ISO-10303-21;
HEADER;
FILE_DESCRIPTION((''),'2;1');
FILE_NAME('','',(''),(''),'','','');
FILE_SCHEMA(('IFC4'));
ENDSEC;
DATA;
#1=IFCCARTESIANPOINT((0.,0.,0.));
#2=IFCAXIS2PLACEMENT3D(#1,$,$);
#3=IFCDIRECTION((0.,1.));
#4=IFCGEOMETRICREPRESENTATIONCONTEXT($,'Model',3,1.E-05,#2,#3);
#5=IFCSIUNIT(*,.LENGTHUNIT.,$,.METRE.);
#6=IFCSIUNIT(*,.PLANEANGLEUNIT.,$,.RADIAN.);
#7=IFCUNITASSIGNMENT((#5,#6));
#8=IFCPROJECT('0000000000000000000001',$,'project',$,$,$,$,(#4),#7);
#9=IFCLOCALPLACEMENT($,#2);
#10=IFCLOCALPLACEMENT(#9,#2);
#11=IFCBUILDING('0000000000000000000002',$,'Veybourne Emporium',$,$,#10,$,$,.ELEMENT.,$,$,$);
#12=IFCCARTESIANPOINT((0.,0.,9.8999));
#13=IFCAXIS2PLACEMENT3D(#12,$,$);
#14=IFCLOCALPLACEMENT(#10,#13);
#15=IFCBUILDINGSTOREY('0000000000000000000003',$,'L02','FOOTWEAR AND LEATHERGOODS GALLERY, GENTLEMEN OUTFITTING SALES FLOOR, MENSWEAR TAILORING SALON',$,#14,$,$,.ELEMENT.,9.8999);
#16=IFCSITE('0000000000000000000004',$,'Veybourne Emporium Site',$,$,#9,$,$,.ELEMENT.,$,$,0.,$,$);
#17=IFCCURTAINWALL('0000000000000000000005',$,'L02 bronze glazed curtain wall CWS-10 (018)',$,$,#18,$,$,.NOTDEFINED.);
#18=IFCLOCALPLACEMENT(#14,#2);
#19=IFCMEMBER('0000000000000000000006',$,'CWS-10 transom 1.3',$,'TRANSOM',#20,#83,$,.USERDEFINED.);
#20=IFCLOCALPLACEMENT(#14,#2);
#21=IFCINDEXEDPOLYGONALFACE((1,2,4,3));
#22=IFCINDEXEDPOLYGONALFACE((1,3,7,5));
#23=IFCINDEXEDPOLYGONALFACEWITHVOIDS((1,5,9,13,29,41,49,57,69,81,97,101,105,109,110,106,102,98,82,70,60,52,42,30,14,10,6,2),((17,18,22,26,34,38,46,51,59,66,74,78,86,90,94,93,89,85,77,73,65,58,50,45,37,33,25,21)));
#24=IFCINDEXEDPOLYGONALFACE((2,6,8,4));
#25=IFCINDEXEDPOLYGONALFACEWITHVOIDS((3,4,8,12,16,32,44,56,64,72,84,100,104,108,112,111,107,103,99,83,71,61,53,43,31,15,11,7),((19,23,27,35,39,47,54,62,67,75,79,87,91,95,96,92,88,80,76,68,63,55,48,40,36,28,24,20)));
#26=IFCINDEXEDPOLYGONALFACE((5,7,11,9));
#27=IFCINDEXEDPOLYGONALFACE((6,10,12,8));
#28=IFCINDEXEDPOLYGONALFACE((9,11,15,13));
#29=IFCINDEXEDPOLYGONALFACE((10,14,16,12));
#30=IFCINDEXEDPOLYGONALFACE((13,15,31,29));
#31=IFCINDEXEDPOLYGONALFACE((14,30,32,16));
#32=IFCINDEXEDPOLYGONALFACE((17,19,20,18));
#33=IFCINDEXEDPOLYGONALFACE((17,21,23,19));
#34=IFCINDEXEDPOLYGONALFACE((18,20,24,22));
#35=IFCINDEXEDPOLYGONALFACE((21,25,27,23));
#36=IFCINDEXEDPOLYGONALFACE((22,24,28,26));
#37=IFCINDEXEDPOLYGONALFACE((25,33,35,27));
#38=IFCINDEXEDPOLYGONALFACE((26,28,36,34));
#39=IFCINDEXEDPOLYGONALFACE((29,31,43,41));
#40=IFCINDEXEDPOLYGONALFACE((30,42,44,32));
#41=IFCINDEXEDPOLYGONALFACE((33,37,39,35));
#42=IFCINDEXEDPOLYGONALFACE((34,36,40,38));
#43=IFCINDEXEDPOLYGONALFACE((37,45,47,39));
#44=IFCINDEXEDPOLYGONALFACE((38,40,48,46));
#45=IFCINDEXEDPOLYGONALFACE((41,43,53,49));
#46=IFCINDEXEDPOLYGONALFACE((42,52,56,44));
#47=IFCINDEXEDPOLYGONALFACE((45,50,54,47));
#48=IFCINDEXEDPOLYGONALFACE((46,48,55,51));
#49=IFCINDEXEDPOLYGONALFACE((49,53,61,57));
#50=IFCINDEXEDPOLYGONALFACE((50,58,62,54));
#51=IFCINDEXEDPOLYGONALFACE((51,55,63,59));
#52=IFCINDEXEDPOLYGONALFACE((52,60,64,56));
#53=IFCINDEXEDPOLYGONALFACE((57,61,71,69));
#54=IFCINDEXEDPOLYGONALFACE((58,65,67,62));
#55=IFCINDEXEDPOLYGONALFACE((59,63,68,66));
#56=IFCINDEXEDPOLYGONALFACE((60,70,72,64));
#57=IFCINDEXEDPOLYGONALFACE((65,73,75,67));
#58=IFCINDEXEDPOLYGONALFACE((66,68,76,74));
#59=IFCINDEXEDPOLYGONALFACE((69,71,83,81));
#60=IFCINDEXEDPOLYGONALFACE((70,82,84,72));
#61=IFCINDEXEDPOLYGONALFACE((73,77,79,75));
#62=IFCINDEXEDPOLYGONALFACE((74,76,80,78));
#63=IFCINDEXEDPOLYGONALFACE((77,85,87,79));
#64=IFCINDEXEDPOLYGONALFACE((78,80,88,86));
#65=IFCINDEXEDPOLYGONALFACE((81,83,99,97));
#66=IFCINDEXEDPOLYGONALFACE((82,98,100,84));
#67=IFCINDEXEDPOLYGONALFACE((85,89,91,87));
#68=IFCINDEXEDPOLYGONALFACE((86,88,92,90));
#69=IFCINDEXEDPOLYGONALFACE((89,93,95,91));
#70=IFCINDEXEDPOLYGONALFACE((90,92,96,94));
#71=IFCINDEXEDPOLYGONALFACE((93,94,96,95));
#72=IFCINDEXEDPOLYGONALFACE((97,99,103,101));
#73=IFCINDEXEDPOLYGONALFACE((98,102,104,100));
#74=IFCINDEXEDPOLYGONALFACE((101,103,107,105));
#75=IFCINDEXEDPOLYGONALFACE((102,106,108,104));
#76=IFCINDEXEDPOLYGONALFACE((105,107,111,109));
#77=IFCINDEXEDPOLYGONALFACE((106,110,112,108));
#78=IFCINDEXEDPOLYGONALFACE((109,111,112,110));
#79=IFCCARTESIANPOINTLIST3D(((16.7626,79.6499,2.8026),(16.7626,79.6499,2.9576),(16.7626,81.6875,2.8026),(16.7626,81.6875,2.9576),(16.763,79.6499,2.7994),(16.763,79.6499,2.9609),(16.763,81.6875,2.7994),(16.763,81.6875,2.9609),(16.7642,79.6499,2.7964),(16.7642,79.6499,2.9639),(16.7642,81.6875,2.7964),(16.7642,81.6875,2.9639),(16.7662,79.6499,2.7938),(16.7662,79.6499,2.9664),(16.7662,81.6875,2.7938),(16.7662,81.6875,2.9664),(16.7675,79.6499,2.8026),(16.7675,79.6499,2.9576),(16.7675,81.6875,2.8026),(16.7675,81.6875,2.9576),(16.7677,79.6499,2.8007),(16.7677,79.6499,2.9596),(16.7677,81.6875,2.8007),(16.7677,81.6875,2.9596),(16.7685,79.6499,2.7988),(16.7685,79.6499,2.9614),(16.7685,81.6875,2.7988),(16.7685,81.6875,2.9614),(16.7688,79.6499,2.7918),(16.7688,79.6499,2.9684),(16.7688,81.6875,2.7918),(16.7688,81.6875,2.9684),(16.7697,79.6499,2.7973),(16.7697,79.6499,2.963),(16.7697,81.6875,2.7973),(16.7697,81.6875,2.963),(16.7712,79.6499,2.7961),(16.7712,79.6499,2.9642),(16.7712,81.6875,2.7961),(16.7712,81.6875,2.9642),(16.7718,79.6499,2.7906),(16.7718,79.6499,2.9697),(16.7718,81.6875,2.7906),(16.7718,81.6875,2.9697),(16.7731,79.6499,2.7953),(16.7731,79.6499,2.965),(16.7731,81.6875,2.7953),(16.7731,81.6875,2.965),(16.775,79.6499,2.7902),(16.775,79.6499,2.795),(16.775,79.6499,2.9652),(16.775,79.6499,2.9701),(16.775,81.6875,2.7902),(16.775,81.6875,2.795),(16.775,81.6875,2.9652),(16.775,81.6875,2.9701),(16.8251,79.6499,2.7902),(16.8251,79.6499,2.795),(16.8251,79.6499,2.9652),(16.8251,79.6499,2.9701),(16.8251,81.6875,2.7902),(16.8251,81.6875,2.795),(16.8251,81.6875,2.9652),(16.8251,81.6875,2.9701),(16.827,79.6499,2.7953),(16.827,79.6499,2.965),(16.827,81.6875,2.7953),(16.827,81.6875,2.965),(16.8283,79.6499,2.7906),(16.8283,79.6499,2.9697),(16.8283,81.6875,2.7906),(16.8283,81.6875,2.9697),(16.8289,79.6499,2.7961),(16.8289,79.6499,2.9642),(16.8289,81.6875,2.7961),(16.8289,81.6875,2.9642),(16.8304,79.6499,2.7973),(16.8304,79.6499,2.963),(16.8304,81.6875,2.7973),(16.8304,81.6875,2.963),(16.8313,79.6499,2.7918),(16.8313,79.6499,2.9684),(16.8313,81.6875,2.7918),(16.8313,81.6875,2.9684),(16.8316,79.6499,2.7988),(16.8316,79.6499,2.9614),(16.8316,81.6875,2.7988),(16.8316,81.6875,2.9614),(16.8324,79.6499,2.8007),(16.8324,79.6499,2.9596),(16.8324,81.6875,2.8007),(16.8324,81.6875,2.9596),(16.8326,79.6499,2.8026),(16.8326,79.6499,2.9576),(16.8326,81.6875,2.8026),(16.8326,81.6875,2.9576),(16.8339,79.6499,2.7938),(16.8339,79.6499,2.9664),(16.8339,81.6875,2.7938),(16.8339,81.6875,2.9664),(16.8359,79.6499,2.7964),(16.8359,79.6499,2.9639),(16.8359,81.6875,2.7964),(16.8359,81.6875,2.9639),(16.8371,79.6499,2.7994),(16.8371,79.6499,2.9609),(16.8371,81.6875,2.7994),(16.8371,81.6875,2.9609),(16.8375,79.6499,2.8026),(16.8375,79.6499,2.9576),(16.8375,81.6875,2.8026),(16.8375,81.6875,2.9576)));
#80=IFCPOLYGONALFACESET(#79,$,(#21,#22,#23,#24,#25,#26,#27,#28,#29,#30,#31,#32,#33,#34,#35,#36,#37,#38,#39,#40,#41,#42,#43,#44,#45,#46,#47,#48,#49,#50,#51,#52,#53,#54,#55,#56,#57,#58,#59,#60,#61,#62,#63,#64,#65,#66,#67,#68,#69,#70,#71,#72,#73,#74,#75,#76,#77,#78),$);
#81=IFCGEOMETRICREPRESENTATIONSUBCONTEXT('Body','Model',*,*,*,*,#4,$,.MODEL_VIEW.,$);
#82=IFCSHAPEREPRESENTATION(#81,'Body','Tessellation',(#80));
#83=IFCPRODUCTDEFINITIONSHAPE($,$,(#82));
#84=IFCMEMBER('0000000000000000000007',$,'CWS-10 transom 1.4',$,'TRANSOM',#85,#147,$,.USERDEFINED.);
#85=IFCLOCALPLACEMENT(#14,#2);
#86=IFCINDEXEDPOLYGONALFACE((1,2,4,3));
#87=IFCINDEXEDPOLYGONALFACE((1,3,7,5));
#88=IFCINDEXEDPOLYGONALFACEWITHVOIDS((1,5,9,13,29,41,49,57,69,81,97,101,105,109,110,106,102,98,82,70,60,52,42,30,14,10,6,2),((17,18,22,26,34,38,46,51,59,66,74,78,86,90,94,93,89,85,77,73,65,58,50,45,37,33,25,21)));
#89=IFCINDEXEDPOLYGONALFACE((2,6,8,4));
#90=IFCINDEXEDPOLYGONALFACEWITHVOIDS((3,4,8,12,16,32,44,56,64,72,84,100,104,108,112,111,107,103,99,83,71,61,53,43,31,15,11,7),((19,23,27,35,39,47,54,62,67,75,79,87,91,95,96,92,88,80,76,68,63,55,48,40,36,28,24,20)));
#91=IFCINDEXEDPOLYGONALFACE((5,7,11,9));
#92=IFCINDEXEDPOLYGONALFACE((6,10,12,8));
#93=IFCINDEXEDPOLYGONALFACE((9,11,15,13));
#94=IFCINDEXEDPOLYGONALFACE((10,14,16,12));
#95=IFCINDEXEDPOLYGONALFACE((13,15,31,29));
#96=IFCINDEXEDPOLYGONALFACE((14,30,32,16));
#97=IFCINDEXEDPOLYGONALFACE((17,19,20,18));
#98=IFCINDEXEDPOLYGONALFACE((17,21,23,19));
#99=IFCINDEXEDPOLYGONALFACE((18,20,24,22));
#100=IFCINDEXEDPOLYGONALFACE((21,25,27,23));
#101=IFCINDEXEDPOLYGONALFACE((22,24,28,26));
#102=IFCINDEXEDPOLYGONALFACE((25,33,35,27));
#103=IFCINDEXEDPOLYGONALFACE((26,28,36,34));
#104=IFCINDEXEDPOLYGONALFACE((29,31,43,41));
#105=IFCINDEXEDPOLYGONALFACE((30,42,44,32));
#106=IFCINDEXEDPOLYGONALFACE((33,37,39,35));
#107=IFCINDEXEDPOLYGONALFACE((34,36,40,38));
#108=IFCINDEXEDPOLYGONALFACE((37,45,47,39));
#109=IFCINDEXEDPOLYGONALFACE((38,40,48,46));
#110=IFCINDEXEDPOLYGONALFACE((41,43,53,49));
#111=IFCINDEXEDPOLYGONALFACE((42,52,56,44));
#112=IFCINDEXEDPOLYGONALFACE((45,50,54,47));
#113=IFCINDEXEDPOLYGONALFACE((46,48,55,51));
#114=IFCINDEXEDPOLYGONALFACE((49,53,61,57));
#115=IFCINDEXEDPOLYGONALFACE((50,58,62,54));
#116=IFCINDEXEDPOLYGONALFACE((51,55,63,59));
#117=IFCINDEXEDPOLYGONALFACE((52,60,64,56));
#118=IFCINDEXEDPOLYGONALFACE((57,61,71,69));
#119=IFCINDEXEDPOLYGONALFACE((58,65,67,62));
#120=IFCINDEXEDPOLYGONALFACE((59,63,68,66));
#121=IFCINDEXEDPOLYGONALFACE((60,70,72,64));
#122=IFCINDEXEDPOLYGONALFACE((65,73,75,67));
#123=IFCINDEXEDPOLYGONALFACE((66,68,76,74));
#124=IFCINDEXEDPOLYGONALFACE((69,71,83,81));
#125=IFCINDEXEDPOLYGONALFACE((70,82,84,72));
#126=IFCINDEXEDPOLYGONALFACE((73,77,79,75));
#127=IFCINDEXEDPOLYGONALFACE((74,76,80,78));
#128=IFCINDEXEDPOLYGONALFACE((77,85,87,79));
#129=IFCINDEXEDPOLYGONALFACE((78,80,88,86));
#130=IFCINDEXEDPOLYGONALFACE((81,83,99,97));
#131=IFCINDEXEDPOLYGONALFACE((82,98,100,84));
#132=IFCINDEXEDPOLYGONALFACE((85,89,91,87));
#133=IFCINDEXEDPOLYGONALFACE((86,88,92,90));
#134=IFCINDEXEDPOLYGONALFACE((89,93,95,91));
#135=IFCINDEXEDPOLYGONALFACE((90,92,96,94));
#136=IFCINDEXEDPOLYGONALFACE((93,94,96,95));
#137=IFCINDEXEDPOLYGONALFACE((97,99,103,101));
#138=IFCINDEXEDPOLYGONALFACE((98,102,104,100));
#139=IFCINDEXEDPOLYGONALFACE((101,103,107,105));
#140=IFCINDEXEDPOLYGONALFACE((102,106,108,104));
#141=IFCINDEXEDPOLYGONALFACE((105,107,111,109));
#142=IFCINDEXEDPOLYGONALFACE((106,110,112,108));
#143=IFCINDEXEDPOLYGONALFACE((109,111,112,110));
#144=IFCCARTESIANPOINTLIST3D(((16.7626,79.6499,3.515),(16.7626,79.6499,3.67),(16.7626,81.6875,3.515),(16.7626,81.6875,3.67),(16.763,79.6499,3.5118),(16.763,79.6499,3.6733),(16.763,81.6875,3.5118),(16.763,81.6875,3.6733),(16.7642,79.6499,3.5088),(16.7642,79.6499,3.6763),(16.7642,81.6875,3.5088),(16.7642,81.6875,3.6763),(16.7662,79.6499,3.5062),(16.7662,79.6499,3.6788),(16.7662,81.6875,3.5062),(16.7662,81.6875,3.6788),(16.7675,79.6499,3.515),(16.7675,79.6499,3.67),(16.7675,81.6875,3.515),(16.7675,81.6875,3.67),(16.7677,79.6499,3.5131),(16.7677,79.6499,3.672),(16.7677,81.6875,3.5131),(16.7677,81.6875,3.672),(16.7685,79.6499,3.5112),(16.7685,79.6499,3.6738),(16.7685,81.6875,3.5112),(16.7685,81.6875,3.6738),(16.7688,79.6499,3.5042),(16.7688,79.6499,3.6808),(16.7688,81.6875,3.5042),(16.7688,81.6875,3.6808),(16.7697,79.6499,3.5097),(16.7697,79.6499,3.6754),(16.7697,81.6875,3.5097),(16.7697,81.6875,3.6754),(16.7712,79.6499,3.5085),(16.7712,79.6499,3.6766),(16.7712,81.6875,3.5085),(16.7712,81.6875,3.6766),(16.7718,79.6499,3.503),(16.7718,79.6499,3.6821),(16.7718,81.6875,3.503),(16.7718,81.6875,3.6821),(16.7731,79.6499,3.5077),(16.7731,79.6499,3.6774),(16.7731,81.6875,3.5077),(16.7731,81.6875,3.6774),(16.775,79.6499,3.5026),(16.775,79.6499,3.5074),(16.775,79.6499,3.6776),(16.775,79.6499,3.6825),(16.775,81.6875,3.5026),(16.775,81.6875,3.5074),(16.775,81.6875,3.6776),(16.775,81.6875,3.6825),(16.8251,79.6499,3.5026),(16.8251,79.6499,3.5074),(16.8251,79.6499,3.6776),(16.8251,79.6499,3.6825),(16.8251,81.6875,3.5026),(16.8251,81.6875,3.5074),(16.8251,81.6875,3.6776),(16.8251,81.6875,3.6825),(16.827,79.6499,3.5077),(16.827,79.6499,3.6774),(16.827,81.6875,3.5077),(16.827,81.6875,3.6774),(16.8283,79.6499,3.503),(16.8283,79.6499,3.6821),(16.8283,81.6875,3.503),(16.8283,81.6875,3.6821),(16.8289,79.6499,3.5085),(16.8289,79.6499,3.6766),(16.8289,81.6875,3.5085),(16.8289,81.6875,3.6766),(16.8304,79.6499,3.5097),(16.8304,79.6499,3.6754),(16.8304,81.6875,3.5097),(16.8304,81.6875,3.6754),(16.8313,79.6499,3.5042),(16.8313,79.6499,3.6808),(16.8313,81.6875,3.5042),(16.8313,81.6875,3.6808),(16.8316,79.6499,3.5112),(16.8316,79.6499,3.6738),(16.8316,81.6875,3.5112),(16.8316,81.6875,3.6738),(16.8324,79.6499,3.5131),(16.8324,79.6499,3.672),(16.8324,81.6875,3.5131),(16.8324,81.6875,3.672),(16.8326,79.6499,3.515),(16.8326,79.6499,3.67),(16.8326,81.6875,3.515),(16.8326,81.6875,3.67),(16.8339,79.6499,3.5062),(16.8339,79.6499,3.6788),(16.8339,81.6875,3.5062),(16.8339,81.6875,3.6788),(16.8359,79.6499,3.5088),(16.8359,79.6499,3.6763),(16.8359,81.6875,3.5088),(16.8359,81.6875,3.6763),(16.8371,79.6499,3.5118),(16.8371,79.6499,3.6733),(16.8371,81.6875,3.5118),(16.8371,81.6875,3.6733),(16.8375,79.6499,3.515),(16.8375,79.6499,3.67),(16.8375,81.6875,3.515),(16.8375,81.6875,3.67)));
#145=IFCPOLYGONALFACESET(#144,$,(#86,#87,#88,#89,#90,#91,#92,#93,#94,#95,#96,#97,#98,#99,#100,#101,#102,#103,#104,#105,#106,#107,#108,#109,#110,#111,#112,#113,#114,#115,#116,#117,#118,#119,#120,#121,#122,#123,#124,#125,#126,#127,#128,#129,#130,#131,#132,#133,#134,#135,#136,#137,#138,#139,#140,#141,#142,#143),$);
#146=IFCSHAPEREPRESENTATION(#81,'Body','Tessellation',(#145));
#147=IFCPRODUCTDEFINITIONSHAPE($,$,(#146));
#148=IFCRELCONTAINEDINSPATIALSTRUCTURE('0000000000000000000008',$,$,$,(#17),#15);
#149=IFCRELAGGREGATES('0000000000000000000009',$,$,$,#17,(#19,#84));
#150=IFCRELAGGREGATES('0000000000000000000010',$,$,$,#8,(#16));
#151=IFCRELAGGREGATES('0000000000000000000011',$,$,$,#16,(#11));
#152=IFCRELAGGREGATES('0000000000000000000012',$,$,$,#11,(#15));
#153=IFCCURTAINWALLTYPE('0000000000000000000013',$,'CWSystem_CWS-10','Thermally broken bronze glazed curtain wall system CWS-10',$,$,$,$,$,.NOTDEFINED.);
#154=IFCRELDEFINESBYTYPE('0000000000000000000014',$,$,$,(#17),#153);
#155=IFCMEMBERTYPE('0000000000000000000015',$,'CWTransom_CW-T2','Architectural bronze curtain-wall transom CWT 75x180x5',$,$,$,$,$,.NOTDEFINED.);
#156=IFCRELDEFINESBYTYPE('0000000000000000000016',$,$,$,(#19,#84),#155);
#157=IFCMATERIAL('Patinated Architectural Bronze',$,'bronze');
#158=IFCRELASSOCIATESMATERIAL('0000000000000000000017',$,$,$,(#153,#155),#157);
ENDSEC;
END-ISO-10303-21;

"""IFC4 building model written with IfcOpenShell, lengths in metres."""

from ifc_helpers import new_model, si_unit, direction, frame, origin, origin_2d, place, context, subcontext, project, spatial, hollow_rectangle, extrude, material, material_profile, profile_set, type_object, element, aggregate, save


model = new_model("IFC4")

# Units and contexts
model_context = context("Model", 3, precision=1e-05, world=origin(), true_north=direction((0.0, 1.0)))
body_context = subcontext(model_context, "Body", "Model", "MODEL_VIEW")
ifc_project = project(units=[si_unit("LENGTHUNIT", "METRE"), si_unit("PLANEANGLEUNIT", "RADIAN")], contexts=[model_context])

# Site, building, storey
site_placement = place(None, origin())
site = spatial("IfcSite", under=ifc_project, at=site_placement, Name="Veybourne Emporium Site", CompositionType="ELEMENT", RefElevation=0.0)
building_placement = place(site_placement, origin())
building = spatial("IfcBuilding", under=site, at=building_placement, Name="Veybourne Emporium", CompositionType="ELEMENT")
storey_placement = place(building_placement, frame((0.0, 0.0, 9.8999)))
storey = spatial("IfcBuildingStorey", under=building, at=storey_placement, Name="L02", Description="FOOTWEAR AND LEATHERGOODS GALLERY, GENTLEMEN OUTFITTING SALES FLOOR, MENSWEAR TAILORING SALON", CompositionType="ELEMENT", Elevation=9.8999)

# Curtain wall, members
ifc_material_1 = material(Name="Patinated Architectural Bronze", Category="bronze")
curtain_wall_type = type_object("IfcCurtainWallType", Name="CWSystem_CWS-10", Description="Thermally broken bronze glazed curtain wall system CWS-10", PredefinedType="NOTDEFINED", material=ifc_material_1)
curtain_wall_placement = place(storey_placement, origin())
curtain_wall = element("IfcCurtainWall", 1, at=curtain_wall_placement, inside=storey, type_object=curtain_wall_type, Name="L02 bronze glazed curtain wall CWS-10 (018)", PredefinedType="NOTDEFINED")
ifc_material_profile_1 = material_profile(ifc_material_1, hollow_rectangle(XDim=0.075, YDim=0.1799, WallThickness=0.0049, InnerFilletRadius=0.0076, OuterFilletRadius=0.0125, at=origin_2d()), Name="CWT 75x180x5")
ifc_profile_set_1 = profile_set([ifc_material_profile_1], Name="Patinated Architectural Bronze")
member_type_1 = type_object("IfcMemberType", Name="CWTransom_CW-T2", Description="Architectural bronze curtain-wall transom CWT 75x180x5", PredefinedType="NOTDEFINED", material=ifc_profile_set_1)
member_1_placement = place(storey_placement, frame((16.8, 79.6499, 2.8801), z_axis=(0.0, 1.0, 0.0), x_axis=(-1.0, 0.0, 0.0)))
member_1 = element("IfcMember", 2, at=member_1_placement, type_object=member_type_1, Name="CWS-10 transom 1.3", ObjectType="TRANSOM", PredefinedType="USERDEFINED", context=body_context, shape_type="SweptSolid", body=[
    extrude(hollow_rectangle(XDim=0.075, YDim=0.1799, WallThickness=0.0049, InnerFilletRadius=0.0076, OuterFilletRadius=0.0125, at=origin_2d()), origin(), (0.0, 0.0, 1.0), 2.0376),
])
member_2_placement = place(storey_placement, frame((16.8, 79.6499, 3.5925), z_axis=(0.0, 1.0, 0.0), x_axis=(-1.0, 0.0, 0.0)))
member_2 = element("IfcMember", 3, at=member_2_placement, type_object=member_type_1, Name="CWS-10 transom 1.4", ObjectType="TRANSOM", PredefinedType="USERDEFINED", context=body_context, shape_type="SweptSolid", body=[
    extrude(hollow_rectangle(XDim=0.075, YDim=0.1799, WallThickness=0.0049, InnerFilletRadius=0.0076, OuterFilletRadius=0.0125, at=origin_2d()), origin(), (0.0, 0.0, 1.0), 2.0376),
])

aggregate(curtain_wall, [member_1, member_2])

save(model, "model.ifc")
